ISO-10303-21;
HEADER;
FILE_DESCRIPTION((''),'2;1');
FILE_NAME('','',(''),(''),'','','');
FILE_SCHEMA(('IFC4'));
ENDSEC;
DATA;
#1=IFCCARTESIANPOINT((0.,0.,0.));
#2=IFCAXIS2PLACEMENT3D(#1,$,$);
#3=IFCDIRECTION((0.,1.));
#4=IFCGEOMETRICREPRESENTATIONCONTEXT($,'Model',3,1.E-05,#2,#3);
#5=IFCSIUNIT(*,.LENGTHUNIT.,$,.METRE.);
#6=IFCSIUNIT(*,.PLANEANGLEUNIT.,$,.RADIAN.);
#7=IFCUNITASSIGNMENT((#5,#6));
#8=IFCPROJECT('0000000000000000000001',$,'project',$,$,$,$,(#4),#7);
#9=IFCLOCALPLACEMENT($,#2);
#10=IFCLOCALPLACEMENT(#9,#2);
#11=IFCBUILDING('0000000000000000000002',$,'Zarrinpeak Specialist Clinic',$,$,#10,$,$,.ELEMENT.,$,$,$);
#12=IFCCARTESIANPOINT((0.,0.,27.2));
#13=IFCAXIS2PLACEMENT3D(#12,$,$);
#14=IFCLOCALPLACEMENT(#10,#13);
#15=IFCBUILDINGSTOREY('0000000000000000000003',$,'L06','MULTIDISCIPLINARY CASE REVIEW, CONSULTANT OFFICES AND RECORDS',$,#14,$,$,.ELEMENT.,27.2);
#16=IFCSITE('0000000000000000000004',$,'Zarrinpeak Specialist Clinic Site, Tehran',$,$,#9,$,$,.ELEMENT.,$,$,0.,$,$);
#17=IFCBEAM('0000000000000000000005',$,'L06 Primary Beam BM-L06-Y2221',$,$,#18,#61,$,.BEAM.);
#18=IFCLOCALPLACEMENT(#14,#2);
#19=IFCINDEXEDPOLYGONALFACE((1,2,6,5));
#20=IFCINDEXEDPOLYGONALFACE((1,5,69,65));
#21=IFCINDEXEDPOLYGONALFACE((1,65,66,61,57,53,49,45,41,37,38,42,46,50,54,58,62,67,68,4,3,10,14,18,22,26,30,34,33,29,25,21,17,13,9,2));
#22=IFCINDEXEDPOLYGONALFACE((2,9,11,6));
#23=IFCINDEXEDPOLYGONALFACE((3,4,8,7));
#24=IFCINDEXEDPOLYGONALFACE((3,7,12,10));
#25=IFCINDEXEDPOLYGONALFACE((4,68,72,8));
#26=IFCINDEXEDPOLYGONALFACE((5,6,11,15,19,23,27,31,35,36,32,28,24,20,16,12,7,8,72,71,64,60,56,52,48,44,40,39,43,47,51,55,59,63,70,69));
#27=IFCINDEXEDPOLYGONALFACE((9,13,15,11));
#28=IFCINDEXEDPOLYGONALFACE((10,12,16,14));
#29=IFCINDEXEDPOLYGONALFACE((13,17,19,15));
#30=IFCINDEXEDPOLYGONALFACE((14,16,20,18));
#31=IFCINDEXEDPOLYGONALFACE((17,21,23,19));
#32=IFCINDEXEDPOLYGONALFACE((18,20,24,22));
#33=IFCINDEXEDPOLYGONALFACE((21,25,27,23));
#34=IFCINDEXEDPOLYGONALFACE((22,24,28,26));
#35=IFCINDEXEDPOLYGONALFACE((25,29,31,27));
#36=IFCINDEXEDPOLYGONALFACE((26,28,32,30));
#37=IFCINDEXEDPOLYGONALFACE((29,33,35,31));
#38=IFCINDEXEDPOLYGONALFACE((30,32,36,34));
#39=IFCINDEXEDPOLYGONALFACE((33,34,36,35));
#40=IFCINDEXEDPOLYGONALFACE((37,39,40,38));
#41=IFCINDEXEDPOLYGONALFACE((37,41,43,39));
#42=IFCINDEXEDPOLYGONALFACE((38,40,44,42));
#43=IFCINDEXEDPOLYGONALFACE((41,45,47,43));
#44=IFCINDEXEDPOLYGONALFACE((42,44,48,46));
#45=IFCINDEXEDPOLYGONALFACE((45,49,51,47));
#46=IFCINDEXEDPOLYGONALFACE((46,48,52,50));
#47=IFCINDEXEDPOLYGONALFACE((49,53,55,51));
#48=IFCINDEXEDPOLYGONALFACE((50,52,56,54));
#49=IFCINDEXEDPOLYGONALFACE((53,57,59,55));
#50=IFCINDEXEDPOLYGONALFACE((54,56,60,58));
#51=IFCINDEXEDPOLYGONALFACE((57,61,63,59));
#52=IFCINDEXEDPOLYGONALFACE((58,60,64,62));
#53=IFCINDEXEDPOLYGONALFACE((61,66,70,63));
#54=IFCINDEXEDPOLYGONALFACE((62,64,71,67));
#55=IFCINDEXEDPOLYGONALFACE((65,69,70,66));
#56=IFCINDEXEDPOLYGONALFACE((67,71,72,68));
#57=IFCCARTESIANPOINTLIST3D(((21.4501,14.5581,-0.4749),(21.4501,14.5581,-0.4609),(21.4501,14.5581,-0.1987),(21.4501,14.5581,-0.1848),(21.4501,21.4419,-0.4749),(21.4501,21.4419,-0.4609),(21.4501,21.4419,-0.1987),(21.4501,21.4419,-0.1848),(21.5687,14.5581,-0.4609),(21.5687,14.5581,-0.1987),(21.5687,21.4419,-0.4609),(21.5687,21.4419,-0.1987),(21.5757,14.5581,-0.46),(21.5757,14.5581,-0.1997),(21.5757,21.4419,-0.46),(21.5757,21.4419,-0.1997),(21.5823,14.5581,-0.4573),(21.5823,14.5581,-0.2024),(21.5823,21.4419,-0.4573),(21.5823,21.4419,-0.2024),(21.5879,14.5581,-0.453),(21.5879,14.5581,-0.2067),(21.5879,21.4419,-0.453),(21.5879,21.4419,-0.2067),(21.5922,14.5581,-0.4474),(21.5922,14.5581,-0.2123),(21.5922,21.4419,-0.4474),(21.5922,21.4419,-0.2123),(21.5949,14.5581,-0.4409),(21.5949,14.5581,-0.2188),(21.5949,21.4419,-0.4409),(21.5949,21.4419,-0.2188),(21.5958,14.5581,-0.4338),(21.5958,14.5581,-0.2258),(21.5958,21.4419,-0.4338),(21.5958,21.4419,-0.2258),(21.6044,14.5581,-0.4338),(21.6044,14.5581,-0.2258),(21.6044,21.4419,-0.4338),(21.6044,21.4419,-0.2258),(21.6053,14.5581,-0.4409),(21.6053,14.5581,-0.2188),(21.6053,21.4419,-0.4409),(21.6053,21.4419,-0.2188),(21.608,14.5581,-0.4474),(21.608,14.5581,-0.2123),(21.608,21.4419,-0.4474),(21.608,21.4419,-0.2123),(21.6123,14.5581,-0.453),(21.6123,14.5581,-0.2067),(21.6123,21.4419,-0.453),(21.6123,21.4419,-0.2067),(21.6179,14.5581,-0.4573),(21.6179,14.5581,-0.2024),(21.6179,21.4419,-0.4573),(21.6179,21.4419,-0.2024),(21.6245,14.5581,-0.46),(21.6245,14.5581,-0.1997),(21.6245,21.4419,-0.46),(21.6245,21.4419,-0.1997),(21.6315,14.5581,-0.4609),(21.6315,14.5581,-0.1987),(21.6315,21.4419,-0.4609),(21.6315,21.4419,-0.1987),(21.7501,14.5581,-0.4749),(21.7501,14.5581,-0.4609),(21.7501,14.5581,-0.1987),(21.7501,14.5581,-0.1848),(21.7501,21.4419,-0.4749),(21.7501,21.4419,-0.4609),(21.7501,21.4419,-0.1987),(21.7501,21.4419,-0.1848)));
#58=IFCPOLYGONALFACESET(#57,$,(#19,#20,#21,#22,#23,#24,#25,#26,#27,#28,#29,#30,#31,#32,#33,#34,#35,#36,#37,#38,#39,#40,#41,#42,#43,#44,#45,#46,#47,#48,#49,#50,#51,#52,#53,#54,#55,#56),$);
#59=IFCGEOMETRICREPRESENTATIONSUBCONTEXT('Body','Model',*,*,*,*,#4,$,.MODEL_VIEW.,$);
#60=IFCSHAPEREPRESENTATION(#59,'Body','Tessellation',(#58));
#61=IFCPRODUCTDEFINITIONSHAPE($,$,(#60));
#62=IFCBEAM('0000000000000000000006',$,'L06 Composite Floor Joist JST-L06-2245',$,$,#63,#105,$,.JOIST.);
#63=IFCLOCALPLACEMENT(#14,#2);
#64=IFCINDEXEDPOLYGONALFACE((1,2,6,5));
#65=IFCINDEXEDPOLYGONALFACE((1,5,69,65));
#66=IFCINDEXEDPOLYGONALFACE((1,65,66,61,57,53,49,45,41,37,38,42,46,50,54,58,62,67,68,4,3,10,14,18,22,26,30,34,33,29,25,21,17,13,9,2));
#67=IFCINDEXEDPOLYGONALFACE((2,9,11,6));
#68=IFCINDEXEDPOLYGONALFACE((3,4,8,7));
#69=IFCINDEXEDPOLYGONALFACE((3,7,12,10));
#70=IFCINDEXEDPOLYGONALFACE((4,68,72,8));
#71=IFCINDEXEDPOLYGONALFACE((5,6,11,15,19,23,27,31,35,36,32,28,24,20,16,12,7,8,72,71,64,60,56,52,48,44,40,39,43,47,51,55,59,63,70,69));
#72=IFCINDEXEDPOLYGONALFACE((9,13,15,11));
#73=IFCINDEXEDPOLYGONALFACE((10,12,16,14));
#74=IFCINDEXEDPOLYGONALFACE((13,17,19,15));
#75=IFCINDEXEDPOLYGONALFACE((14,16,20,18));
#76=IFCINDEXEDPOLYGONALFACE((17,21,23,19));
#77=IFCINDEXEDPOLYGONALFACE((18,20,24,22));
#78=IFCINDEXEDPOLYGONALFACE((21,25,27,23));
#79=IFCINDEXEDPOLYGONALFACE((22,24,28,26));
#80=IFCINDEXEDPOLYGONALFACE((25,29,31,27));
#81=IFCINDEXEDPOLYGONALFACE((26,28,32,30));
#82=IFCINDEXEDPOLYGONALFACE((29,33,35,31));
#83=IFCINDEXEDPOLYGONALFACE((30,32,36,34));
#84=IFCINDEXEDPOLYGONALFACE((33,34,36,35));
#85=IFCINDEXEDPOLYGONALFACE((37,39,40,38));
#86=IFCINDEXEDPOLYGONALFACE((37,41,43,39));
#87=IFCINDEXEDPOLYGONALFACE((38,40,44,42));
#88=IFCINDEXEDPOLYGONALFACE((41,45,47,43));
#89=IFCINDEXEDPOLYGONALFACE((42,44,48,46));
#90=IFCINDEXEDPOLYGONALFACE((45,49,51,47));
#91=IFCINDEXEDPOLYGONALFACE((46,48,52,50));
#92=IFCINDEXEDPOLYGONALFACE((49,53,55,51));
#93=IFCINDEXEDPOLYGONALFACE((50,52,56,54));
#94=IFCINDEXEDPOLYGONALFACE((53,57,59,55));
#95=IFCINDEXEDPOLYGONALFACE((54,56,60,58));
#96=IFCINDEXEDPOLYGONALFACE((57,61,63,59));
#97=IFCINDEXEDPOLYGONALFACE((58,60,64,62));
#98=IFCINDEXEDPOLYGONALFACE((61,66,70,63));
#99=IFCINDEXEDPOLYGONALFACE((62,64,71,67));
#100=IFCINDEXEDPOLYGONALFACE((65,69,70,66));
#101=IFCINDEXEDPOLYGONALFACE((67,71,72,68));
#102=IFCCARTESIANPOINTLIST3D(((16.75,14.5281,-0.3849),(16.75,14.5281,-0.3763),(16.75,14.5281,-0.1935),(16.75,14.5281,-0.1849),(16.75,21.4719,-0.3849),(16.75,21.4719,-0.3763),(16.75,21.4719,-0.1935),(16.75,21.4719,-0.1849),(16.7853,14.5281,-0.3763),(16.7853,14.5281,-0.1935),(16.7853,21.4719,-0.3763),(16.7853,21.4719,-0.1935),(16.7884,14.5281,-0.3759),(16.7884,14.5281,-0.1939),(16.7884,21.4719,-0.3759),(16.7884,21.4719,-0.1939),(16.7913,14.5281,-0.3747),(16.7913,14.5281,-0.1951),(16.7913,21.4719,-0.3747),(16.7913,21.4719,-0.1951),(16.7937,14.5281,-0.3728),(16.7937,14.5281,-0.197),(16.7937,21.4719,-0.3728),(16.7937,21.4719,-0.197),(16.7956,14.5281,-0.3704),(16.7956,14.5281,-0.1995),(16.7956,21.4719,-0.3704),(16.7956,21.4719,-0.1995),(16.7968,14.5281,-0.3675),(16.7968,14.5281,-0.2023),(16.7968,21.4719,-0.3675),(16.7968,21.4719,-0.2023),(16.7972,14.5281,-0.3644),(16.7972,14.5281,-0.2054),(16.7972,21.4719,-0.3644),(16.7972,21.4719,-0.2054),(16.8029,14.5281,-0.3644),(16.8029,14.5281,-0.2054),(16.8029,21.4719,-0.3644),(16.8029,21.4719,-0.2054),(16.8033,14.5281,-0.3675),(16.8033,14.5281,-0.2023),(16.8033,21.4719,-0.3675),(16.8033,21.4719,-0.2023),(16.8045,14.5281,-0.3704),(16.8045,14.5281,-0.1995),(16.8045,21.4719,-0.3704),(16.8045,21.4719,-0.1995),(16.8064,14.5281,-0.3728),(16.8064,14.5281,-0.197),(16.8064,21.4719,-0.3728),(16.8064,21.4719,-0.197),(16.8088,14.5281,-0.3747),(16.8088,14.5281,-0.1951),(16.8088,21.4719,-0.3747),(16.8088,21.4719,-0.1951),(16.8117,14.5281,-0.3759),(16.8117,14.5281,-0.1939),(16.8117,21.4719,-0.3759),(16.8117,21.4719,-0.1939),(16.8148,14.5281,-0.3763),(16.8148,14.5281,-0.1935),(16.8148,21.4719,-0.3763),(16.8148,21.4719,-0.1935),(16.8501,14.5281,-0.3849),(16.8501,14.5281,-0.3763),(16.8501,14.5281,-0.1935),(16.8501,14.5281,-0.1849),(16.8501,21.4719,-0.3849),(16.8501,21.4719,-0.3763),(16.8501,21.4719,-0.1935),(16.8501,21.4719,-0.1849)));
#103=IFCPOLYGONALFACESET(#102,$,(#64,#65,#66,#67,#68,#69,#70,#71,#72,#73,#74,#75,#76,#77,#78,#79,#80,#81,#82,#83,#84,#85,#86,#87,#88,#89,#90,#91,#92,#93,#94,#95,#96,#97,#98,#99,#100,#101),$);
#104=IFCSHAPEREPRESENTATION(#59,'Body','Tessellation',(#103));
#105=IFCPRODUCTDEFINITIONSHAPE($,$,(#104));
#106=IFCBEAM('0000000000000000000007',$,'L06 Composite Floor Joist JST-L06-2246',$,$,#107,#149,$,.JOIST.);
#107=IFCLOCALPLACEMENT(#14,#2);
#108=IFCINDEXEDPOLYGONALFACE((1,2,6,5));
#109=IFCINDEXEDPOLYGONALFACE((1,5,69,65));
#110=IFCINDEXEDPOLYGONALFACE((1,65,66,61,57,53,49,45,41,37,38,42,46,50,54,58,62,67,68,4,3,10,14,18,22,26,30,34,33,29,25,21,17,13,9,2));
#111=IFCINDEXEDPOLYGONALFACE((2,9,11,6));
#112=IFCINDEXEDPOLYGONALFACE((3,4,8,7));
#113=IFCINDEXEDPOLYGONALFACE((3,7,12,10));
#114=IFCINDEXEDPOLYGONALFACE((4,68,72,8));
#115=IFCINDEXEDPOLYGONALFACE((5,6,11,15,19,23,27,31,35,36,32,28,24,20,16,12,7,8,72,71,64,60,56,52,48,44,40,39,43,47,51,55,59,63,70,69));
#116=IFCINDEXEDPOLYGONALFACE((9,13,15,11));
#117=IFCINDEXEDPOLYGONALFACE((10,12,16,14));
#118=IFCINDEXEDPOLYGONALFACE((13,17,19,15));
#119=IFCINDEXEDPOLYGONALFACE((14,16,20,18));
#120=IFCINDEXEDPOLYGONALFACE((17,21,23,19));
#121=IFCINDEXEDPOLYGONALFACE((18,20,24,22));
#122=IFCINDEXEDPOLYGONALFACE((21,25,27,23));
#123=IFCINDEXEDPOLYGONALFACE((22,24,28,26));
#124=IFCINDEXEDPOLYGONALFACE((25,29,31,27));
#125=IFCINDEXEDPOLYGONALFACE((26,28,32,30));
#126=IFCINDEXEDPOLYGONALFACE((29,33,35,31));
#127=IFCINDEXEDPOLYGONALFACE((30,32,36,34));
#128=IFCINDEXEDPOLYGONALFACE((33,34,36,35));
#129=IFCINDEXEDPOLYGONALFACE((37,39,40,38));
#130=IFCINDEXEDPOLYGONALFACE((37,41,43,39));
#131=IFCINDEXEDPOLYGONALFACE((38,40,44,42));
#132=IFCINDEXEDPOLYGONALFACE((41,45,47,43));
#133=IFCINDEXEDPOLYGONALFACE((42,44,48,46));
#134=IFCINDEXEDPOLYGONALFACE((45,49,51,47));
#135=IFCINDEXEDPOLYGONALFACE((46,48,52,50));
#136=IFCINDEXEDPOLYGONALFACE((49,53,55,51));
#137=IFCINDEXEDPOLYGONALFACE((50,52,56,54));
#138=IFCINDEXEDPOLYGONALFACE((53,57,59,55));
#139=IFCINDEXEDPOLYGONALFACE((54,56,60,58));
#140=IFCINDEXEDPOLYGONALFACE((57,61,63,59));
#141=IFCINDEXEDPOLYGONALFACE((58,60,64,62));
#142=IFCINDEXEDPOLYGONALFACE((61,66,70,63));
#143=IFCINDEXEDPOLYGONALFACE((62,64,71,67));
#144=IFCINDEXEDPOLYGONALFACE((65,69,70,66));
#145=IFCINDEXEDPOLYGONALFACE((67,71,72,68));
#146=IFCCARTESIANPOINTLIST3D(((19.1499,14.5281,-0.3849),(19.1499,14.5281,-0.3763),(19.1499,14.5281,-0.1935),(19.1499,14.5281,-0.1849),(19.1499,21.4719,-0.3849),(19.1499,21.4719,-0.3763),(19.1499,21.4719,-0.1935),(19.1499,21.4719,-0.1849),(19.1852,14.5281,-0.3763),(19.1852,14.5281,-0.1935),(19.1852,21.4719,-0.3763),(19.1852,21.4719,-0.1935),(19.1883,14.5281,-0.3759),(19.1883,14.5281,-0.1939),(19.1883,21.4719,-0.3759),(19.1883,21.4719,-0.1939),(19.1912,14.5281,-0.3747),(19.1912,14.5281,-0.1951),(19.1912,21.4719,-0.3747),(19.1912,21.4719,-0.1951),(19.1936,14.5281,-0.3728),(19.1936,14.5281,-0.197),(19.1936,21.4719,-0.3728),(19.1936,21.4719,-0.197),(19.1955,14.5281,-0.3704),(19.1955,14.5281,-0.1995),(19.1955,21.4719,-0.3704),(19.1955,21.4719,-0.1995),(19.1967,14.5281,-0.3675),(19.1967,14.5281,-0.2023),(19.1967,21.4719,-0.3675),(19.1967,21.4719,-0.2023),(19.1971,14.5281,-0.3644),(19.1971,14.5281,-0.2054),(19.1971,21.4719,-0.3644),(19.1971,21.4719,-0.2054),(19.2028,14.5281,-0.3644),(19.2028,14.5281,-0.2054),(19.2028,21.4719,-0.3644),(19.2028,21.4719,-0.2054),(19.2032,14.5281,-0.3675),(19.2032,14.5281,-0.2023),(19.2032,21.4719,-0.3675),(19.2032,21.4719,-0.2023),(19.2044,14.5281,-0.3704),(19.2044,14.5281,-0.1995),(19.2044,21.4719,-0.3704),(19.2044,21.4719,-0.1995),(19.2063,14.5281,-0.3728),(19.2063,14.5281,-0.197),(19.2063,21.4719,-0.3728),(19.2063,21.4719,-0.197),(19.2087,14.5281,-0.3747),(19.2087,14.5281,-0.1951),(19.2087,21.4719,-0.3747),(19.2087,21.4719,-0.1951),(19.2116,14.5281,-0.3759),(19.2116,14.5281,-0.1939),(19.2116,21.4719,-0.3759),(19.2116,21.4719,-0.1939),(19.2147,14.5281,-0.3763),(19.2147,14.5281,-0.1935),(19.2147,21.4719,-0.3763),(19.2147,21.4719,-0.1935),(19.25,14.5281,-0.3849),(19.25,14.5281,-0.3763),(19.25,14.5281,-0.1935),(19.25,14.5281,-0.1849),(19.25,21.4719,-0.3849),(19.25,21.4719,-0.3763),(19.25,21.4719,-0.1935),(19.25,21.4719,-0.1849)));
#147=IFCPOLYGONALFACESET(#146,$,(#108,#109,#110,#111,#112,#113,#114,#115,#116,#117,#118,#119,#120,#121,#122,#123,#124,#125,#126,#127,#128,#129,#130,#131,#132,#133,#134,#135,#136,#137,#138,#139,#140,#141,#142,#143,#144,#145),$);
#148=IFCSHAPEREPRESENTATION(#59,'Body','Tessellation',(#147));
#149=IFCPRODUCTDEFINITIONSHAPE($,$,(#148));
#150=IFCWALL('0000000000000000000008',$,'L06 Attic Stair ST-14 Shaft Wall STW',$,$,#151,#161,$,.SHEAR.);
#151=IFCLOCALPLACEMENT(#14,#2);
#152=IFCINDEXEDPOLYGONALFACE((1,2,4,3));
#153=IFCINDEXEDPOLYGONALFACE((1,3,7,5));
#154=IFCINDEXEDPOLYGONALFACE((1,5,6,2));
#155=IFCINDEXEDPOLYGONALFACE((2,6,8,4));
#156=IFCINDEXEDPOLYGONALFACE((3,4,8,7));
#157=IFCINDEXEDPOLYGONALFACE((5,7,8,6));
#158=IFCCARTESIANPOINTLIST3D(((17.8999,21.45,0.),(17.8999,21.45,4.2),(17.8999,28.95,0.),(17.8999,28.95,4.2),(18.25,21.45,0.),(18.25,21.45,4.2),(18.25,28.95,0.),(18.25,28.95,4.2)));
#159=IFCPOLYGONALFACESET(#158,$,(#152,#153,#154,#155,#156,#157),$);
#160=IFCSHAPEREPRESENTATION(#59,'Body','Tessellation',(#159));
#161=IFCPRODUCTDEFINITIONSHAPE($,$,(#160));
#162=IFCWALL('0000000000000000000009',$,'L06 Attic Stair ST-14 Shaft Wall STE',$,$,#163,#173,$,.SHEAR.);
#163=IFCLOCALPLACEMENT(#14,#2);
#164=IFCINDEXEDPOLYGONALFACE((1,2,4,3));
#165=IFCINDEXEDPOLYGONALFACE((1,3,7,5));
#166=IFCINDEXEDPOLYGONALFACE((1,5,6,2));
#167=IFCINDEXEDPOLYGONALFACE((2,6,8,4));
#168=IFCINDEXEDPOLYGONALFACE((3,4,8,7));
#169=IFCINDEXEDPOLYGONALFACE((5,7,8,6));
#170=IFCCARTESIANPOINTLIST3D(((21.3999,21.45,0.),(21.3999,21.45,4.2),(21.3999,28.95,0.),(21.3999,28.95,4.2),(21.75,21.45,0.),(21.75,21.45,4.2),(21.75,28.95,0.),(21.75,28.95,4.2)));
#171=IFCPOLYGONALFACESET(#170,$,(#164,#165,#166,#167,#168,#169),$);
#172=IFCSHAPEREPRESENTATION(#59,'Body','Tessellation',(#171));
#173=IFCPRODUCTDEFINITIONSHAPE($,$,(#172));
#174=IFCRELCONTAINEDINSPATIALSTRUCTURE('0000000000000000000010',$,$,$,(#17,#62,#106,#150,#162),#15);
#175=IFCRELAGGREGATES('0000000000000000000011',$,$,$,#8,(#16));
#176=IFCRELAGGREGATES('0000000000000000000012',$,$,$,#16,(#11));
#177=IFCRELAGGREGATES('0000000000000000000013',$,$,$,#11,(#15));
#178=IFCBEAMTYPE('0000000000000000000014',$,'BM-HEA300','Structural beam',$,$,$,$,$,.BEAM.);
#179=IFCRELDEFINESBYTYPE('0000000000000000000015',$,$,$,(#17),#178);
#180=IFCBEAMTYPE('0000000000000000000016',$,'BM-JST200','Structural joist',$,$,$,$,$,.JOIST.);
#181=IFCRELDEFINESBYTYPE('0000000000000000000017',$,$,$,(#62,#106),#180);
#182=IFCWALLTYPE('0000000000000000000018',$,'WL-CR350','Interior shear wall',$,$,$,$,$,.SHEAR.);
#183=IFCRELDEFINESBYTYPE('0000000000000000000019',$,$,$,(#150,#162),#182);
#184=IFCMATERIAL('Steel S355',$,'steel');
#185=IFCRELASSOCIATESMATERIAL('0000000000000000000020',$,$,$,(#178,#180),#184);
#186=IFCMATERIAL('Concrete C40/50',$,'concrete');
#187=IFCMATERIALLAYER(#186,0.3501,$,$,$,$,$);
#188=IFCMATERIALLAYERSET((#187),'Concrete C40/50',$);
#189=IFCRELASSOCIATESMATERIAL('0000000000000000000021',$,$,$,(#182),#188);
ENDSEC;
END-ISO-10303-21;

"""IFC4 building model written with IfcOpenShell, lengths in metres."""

from ifc_helpers import new_model, si_unit, direction, frame, frame_2d, origin, origin_2d, place, context, subcontext, project, spatial, rectangle, i_section, extrude, material, layer, layer_set, material_profile, profile_set, type_object, element, save


model = new_model("IFC4")

# Units and contexts
model_context = context("Model", 3, precision=1e-05, world=origin(), true_north=direction((0.0, 1.0)))
body_context = subcontext(model_context, "Body", "Model", "MODEL_VIEW")
ifc_project = project(units=[si_unit("LENGTHUNIT", "METRE"), si_unit("PLANEANGLEUNIT", "RADIAN")], contexts=[model_context])

# Site, building, storey
site_placement = place(None, origin())
site = spatial("IfcSite", under=ifc_project, at=site_placement, Name="Zarrinpeak Specialist Clinic Site, Tehran", CompositionType="ELEMENT", RefElevation=0.0)
building_placement = place(site_placement, origin())
building = spatial("IfcBuilding", under=site, at=building_placement, Name="Zarrinpeak Specialist Clinic", CompositionType="ELEMENT")
storey_placement = place(building_placement, frame((0.0, 0.0, 27.2)))
storey = spatial("IfcBuildingStorey", under=building, at=storey_placement, Name="L06", Description="MULTIDISCIPLINARY CASE REVIEW, CONSULTANT OFFICES AND RECORDS", CompositionType="ELEMENT", Elevation=27.2)

# Shared definitions
ifc_material_1 = material(Name="Steel S355", Category="steel")

# Beams
ifc_material_profile_1 = material_profile(ifc_material_1, i_section(OverallWidth=0.3, OverallDepth=0.29, WebThickness=0.0085, FlangeThickness=0.0139, FilletRadius=0.0271, at=origin_2d()), Name="HEA 300")
ifc_profile_set_1 = profile_set([ifc_material_profile_1], Name="Steel S355")
beam_type_1 = type_object("IfcBeamType", Name="BM-HEA300", Description="Structural beam", PredefinedType="BEAM", material=ifc_profile_set_1)
beam_1_placement = place(storey_placement, frame((21.6001, 14.5581, -0.3298), z_axis=(0.0, 1.0, 0.0), x_axis=(-1.0, 0.0, 0.0)))
element("IfcBeam", 1, at=beam_1_placement, inside=storey, type_object=beam_type_1, Name="L06 Primary Beam BM-L06-Y2221", PredefinedType="BEAM", context=body_context, shape_type="SweptSolid", body=[
    extrude(i_section(OverallWidth=0.3, OverallDepth=0.29, WebThickness=0.0085, FlangeThickness=0.0139, FilletRadius=0.0271, at=origin_2d()), origin(), (0.0, 0.0, 1.0), 6.8838),
])
ifc_material_profile_2 = material_profile(ifc_material_1, i_section(OverallWidth=0.1001, OverallDepth=0.2, WebThickness=0.0056, FlangeThickness=0.0085, FilletRadius=0.012, at=origin_2d()), Name="IPE 200")
ifc_profile_set_2 = profile_set([ifc_material_profile_2], Name="Steel S355")
beam_type_2 = type_object("IfcBeamType", Name="BM-JST200", Description="Structural joist", PredefinedType="JOIST", material=ifc_profile_set_2)
for number, where, z_axis, x_axis, name in (
    (2, (16.8, 14.5281, -0.2849), (0.0, 1.0, 0.0), (-1.0, 0.0, 0.0), "L06 Composite Floor Joist JST-L06-2245"),
    (3, (19.2, 14.5281, -0.2849), (0.0, 1.0, 0.0), (-1.0, 0.0, 0.0), "L06 Composite Floor Joist JST-L06-2246"),
):
    element("IfcBeam", number, at=place(storey_placement, frame(where, z_axis=z_axis, x_axis=x_axis)), inside=storey, type_object=beam_type_2, Name=name, PredefinedType="JOIST", context=body_context, shape_type="SweptSolid", body=[
        extrude(i_section(OverallWidth=0.1001, OverallDepth=0.2, WebThickness=0.0056, FlangeThickness=0.0085, FilletRadius=0.012, at=origin_2d()), origin(), (0.0, 0.0, 1.0), 6.9438),
    ])

# Shared definitions
ifc_material_2 = material(Name="Concrete C40/50", Category="concrete")
ifc_layer_1 = layer(ifc_material_2, 0.3501)
ifc_layer_set_1 = layer_set([ifc_layer_1], Name="Concrete C40/50")
wall_type_1 = type_object("IfcWallType", Name="WL-CR350", Description="Interior shear wall", PredefinedType="SHEAR", material=ifc_layer_set_1)

# Walls
for number, where, z_axis, x_axis, name in (
    (4, (18.075, 21.45, 0.0), (0.0, 0.0, 1.0), (0.0, 1.0, 0.0), "L06 Attic Stair ST-14 Shaft Wall STW"),
    (5, (21.575, 21.45, 0.0), (0.0, 0.0, 1.0), (0.0, 1.0, 0.0), "L06 Attic Stair ST-14 Shaft Wall STE"),
):
    element("IfcWall", number, at=place(storey_placement, frame(where, z_axis=z_axis, x_axis=x_axis)), inside=storey, type_object=wall_type_1, Name=name, PredefinedType="SHEAR", context=body_context, shape_type="SweptSolid", body=[
        extrude(rectangle(XDim=7.5, YDim=0.3501, at=frame_2d((3.75, 0.0))), origin(), (0.0, 0.0, 1.0), 4.2),
    ])

save(model, "model.ifc")
